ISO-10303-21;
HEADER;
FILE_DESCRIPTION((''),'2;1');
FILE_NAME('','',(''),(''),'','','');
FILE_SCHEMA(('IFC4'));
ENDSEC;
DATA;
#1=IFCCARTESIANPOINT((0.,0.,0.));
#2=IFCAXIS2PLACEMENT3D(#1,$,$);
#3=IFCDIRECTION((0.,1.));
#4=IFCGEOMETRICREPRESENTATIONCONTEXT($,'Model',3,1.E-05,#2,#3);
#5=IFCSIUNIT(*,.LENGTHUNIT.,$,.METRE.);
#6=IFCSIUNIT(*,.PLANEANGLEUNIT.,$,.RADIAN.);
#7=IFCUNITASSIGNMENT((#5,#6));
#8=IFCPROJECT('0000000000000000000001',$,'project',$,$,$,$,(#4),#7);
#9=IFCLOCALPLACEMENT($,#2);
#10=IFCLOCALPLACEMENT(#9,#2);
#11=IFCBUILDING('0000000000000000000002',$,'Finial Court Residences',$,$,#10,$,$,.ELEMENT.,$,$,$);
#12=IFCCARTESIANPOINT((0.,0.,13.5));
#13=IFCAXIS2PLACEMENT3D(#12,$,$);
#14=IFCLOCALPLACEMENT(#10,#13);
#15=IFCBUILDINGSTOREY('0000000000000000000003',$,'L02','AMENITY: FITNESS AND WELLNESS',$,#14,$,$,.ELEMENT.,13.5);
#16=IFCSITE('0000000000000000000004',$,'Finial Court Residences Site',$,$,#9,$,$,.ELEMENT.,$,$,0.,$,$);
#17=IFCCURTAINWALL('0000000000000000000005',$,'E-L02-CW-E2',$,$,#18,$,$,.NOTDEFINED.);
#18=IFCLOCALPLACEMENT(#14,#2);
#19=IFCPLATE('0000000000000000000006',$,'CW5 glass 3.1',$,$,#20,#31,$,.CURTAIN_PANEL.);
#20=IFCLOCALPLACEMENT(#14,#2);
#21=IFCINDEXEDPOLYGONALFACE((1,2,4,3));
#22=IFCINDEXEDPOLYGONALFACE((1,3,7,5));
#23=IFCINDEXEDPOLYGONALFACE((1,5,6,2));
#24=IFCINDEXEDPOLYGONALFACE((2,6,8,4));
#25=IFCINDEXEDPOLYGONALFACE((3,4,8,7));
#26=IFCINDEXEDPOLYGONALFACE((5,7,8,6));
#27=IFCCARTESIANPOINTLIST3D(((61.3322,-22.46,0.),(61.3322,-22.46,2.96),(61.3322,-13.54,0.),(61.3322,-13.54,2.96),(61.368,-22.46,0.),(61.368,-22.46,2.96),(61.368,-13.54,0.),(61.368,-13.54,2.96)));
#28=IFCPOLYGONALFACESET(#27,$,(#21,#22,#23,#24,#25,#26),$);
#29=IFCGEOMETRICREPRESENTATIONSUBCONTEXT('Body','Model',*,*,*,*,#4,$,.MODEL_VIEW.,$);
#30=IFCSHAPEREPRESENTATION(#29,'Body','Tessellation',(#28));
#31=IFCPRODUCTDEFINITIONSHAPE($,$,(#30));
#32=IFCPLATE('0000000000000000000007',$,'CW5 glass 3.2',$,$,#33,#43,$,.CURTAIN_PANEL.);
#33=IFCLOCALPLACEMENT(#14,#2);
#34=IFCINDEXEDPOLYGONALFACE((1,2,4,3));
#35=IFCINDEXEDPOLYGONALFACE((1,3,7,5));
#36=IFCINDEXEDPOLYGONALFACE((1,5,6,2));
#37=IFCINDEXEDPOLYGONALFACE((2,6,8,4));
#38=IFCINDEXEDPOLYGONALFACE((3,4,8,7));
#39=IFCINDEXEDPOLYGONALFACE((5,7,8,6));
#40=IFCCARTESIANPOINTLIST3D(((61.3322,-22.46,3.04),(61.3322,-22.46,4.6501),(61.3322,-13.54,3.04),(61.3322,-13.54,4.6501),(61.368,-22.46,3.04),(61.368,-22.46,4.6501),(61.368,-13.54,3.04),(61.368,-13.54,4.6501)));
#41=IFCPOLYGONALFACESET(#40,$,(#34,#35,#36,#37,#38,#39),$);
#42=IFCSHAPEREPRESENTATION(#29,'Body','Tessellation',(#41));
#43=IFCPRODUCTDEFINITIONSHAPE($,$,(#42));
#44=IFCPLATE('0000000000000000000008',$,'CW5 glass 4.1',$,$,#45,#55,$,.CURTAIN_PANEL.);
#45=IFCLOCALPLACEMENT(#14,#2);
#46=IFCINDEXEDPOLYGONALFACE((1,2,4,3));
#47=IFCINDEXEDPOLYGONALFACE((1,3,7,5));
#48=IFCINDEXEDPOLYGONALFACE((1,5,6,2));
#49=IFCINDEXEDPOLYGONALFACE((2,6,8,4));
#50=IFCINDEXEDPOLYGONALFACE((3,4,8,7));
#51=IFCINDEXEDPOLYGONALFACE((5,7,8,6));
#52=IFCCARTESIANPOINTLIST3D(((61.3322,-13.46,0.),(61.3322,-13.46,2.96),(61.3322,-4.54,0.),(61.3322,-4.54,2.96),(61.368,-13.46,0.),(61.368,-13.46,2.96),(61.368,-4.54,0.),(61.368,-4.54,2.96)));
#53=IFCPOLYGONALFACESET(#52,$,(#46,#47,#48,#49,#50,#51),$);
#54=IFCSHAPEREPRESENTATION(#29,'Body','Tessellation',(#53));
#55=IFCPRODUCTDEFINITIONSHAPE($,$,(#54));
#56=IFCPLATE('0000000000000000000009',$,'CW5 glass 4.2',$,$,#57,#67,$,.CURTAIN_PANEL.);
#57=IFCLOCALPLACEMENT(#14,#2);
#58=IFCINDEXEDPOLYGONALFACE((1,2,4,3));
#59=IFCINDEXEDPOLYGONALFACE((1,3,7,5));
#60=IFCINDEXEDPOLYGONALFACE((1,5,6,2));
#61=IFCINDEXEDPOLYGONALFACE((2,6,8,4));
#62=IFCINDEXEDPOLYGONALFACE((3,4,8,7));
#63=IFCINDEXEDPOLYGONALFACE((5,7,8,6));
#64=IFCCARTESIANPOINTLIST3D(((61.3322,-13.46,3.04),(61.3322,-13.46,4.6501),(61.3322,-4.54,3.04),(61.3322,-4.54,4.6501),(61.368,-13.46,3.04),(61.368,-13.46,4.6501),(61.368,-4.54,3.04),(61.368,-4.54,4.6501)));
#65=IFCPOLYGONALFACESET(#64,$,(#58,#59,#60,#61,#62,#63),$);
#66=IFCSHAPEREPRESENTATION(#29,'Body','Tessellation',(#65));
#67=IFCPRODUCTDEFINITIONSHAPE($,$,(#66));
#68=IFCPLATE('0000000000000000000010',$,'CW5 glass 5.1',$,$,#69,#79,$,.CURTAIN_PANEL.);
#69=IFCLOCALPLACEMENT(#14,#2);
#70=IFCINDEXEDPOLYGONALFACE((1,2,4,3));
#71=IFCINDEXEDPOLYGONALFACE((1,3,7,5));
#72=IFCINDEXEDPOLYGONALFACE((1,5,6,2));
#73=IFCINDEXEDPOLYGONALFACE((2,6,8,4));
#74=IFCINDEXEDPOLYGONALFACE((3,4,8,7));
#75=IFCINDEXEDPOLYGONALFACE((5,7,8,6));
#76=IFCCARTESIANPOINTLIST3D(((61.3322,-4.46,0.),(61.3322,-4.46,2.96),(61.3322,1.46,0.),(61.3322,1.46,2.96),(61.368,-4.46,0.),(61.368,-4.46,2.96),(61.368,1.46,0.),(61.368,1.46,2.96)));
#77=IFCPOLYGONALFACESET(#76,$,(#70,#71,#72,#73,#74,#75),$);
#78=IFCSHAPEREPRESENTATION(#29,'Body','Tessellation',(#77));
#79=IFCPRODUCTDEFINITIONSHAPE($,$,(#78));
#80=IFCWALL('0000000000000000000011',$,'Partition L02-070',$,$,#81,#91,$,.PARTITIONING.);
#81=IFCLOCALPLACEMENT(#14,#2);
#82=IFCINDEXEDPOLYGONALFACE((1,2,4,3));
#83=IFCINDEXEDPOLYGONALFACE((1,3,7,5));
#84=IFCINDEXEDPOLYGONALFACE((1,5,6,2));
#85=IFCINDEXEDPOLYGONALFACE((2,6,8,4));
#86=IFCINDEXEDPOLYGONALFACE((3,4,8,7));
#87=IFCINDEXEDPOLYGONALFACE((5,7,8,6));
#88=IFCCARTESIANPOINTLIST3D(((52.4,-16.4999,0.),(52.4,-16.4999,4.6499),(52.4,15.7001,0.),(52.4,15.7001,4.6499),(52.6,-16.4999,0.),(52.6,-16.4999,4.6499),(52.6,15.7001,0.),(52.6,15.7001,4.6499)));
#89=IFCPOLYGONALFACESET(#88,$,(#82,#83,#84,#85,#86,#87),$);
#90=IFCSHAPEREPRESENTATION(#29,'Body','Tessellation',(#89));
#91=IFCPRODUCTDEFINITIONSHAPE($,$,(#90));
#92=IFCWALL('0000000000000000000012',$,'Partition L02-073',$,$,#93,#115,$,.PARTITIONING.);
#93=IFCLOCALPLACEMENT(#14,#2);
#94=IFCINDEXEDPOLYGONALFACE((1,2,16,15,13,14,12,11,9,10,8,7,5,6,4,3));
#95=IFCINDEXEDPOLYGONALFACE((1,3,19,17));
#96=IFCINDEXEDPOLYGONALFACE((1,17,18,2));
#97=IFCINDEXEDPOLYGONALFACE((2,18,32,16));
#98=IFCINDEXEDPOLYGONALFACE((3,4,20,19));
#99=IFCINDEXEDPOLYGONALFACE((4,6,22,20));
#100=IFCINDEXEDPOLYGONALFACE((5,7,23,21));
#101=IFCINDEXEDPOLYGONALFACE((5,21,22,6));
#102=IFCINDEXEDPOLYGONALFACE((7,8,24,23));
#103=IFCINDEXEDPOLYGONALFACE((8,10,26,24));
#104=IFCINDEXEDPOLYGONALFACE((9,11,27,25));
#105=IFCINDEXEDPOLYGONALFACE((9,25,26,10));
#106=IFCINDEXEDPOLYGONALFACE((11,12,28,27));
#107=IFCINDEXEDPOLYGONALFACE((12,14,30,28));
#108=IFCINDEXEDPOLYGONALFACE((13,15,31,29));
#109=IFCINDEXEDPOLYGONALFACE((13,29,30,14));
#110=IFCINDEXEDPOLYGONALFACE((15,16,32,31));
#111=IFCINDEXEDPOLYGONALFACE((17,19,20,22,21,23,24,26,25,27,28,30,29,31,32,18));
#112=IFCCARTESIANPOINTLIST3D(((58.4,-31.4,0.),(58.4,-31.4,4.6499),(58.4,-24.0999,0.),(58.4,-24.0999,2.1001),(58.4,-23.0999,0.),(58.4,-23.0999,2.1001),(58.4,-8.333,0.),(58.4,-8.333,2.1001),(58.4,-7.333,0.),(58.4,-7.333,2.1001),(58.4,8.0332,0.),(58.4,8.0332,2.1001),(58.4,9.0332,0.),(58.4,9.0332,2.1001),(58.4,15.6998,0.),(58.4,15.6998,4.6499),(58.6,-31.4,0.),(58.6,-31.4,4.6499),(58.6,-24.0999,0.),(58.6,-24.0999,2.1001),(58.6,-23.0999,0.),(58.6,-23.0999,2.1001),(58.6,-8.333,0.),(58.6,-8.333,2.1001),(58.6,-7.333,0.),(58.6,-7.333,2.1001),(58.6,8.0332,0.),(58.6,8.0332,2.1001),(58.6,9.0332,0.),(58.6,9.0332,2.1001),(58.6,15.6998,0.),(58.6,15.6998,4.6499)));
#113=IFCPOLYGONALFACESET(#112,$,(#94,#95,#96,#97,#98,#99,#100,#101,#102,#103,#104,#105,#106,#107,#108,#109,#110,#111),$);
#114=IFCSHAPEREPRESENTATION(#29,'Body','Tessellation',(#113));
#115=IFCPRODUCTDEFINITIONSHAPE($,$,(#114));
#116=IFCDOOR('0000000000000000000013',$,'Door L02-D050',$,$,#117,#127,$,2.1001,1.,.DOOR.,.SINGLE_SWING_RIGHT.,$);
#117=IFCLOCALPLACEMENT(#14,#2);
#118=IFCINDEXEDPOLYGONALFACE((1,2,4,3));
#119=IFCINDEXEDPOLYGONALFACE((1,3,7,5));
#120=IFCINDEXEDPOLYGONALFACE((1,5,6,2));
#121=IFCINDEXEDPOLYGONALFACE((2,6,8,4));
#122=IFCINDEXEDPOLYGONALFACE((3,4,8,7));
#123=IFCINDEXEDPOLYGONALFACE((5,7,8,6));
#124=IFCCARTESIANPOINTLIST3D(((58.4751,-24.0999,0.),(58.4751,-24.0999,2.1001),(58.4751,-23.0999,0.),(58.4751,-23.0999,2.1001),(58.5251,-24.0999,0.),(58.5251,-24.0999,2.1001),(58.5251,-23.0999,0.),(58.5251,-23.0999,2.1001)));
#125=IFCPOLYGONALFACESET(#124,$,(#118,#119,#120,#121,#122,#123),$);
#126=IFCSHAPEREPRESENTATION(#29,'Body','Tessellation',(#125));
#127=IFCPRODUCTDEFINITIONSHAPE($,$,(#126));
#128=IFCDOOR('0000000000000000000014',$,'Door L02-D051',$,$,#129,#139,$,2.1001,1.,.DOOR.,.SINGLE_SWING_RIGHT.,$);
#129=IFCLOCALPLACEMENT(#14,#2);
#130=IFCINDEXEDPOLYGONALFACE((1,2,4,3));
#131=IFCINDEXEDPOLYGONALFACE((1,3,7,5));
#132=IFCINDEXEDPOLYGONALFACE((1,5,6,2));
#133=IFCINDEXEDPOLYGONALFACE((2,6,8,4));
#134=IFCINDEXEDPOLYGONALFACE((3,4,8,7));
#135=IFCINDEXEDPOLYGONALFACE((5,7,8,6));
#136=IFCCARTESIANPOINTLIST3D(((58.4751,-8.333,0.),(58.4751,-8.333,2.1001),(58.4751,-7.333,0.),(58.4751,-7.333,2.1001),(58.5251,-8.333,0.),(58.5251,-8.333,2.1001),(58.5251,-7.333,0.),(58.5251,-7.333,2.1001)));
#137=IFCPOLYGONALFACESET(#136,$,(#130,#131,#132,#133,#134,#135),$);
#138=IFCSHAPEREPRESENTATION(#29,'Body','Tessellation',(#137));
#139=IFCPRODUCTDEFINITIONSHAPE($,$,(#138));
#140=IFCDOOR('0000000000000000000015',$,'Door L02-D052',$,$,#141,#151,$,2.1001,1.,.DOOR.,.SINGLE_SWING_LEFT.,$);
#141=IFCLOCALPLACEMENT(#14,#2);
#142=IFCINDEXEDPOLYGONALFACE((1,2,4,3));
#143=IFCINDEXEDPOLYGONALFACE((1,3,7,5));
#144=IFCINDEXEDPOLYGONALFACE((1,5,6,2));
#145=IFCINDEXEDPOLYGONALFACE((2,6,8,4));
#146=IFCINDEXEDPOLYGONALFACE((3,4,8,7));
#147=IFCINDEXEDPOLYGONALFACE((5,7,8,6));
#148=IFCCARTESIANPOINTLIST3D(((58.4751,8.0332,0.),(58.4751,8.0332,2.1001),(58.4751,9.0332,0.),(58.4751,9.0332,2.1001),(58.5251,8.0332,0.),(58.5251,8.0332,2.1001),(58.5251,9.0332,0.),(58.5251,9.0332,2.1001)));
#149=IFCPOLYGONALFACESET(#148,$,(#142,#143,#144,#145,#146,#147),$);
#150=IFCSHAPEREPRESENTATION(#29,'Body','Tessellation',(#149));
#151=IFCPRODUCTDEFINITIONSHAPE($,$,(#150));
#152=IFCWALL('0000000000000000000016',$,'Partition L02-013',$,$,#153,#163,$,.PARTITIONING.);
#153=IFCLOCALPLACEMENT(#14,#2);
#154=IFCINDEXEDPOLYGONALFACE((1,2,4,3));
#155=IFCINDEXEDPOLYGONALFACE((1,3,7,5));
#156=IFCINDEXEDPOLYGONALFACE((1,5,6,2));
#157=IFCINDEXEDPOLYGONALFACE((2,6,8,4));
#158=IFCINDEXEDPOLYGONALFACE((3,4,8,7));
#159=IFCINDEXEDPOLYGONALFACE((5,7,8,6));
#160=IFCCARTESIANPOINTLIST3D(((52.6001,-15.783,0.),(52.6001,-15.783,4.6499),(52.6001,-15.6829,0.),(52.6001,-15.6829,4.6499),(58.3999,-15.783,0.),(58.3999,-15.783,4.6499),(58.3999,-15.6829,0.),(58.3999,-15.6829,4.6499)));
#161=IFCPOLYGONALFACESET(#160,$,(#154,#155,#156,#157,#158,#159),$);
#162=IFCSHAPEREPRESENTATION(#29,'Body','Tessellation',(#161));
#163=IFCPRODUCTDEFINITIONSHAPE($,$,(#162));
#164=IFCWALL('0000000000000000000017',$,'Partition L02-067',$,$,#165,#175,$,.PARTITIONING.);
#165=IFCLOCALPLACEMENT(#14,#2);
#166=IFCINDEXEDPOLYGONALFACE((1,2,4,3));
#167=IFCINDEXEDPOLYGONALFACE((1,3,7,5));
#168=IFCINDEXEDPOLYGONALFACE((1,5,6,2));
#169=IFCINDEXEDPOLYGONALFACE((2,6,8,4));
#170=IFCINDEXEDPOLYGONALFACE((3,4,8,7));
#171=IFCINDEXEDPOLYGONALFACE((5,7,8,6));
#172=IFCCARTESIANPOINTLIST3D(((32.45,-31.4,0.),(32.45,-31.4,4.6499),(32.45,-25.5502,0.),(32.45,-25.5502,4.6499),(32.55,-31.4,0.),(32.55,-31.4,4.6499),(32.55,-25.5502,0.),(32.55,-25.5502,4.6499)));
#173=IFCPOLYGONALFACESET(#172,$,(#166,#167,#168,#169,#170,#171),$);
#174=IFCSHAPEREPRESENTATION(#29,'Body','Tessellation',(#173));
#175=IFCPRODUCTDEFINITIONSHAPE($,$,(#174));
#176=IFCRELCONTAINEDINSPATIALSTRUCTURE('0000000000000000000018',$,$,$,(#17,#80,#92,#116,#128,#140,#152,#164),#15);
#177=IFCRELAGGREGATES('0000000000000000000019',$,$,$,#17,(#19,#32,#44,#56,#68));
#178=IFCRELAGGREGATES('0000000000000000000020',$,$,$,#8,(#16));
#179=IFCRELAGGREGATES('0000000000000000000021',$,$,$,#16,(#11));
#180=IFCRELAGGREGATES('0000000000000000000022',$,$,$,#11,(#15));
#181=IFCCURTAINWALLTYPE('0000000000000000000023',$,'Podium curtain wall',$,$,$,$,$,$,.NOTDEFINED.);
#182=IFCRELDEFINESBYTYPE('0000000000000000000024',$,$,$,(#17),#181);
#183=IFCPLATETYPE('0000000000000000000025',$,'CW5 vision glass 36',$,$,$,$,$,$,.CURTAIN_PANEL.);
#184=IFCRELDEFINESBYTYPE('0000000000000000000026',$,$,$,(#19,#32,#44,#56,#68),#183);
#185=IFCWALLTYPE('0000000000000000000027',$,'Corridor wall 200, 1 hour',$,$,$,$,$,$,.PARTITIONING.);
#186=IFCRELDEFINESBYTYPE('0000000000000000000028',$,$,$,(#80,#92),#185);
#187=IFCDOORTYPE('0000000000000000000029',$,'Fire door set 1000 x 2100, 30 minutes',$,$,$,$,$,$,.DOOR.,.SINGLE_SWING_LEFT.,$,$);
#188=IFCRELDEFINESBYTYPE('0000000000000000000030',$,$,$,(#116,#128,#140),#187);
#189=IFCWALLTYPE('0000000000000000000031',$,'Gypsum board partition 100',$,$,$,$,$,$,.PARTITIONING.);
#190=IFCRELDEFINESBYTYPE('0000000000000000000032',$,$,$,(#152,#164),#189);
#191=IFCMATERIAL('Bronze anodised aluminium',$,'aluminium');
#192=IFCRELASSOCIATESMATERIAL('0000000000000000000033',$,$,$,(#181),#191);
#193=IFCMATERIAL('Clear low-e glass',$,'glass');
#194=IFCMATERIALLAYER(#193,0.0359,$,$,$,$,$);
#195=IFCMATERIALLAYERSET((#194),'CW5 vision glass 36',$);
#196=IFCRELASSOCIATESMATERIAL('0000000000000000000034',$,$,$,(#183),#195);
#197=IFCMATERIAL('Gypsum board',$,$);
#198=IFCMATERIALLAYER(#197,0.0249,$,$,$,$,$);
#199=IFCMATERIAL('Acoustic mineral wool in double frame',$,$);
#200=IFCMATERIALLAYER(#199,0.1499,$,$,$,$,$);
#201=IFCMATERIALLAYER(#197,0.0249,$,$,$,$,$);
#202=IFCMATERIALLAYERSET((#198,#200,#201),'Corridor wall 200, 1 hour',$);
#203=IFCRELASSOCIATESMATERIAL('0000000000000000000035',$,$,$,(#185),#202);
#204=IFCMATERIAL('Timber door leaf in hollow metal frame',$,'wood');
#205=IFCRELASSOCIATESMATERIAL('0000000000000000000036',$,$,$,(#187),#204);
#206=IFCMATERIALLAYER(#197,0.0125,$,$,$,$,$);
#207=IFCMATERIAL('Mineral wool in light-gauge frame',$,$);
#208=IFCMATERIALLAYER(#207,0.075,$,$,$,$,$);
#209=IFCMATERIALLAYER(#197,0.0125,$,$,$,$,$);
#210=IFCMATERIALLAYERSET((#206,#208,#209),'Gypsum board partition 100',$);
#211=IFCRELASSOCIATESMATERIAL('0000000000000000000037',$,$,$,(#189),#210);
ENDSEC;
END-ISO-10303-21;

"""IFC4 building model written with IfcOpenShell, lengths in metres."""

from ifc_helpers import new_model, si_unit, direction, frame, frame_2d, origin, origin_2d, place, context, subcontext, project, spatial, rectangle, extrude, material, layer, layer_set, type_object, element, fill, aggregate, save


model = new_model("IFC4")

# Units and contexts
model_context = context("Model", 3, precision=1e-05, world=origin(), true_north=direction((0.0, 1.0)))
body_context = subcontext(model_context, "Body", "Model", "MODEL_VIEW")
ifc_project = project(units=[si_unit("LENGTHUNIT", "METRE"), si_unit("PLANEANGLEUNIT", "RADIAN")], contexts=[model_context])

# Site, building, storey
site_placement = place(None, origin())
site = spatial("IfcSite", under=ifc_project, at=site_placement, Name="Finial Court Residences Site", CompositionType="ELEMENT", RefElevation=0.0)
building_placement = place(site_placement, origin())
building = spatial("IfcBuilding", under=site, at=building_placement, Name="Finial Court Residences", CompositionType="ELEMENT")
storey_placement = place(building_placement, frame((0.0, 0.0, 13.5)))
storey = spatial("IfcBuildingStorey", under=building, at=storey_placement, Name="L02", Description="AMENITY: FITNESS AND WELLNESS", CompositionType="ELEMENT", Elevation=13.5)

# Curtain wall, plates
ifc_material_1 = material(Name="Bronze anodised aluminium", Category="aluminium")
curtain_wall_type = type_object("IfcCurtainWallType", Name="Podium curtain wall", PredefinedType="NOTDEFINED", material=ifc_material_1)
curtain_wall_placement = place(storey_placement, origin())
curtain_wall = element("IfcCurtainWall", 1, at=curtain_wall_placement, inside=storey, type_object=curtain_wall_type, Name="E-L02-CW-E2", PredefinedType="NOTDEFINED")
ifc_material_2 = material(Name="Clear low-e glass", Category="glass")
ifc_layer_1 = layer(ifc_material_2, 0.0359)
ifc_layer_set_1 = layer_set([ifc_layer_1], Name="CW5 vision glass 36")
plate_type = type_object("IfcPlateType", Name="CW5 vision glass 36", PredefinedType="CURTAIN_PANEL", material=ifc_layer_set_1)
plate_1_placement = place(storey_placement, frame((61.3501, -18.0, 0.0), z_axis=(0.0, 0.0, 1.0), x_axis=(0.0, 1.0, 0.0)))
plate_1 = element("IfcPlate", 2, at=plate_1_placement, type_object=plate_type, Name="CW5 glass 3.1", PredefinedType="CURTAIN_PANEL", context=body_context, shape_type="SweptSolid", body=[
    extrude(rectangle(XDim=8.9199, YDim=0.0359, at=origin_2d()), origin(), (0.0, 0.0, 1.0), 2.96),
])
plate_2_placement = place(storey_placement, frame((61.3501, -18.0, 3.04), z_axis=(0.0, 0.0, 1.0), x_axis=(0.0, 1.0, 0.0)))
plate_2 = element("IfcPlate", 3, at=plate_2_placement, type_object=plate_type, Name="CW5 glass 3.2", PredefinedType="CURTAIN_PANEL", context=body_context, shape_type="SweptSolid", body=[
    extrude(rectangle(XDim=8.9199, YDim=0.0359, at=origin_2d()), origin(), (0.0, 0.0, 1.0), 1.6101),
])
plate_3_placement = place(storey_placement, frame((61.3501, -9.0, 0.0), z_axis=(0.0, 0.0, 1.0), x_axis=(0.0, 1.0, 0.0)))
plate_3 = element("IfcPlate", 4, at=plate_3_placement, type_object=plate_type, Name="CW5 glass 4.1", PredefinedType="CURTAIN_PANEL", context=body_context, shape_type="SweptSolid", body=[
    extrude(rectangle(XDim=8.9199, YDim=0.0359, at=origin_2d()), origin(), (0.0, 0.0, 1.0), 2.96),
])
plate_4_placement = place(storey_placement, frame((61.3501, -9.0, 3.04), z_axis=(0.0, 0.0, 1.0), x_axis=(0.0, 1.0, 0.0)))
plate_4 = element("IfcPlate", 5, at=plate_4_placement, type_object=plate_type, Name="CW5 glass 4.2", PredefinedType="CURTAIN_PANEL", context=body_context, shape_type="SweptSolid", body=[
    extrude(rectangle(XDim=8.9199, YDim=0.0359, at=origin_2d()), origin(), (0.0, 0.0, 1.0), 1.6101),
])
plate_5_placement = place(storey_placement, frame((61.3501, -1.5, 0.0), z_axis=(0.0, 0.0, 1.0), x_axis=(0.0, 1.0, 0.0)))
plate_5 = element("IfcPlate", 6, at=plate_5_placement, type_object=plate_type, Name="CW5 glass 5.1", PredefinedType="CURTAIN_PANEL", context=body_context, shape_type="SweptSolid", body=[
    extrude(rectangle(XDim=5.9199, YDim=0.0359, at=origin_2d()), origin(), (0.0, 0.0, 1.0), 2.96),
])
aggregate(curtain_wall, [plate_1, plate_2, plate_3, plate_4, plate_5])

# Wall
ifc_material_3 = material(Name="Gypsum board")
ifc_layer_2 = layer(ifc_material_3, 0.0249)
ifc_material_4 = material(Name="Acoustic mineral wool in double frame")
ifc_layer_3 = layer(ifc_material_4, 0.1499)
ifc_layer_4 = layer(ifc_material_3, 0.0249)
ifc_layer_set_2 = layer_set([ifc_layer_2, ifc_layer_3, ifc_layer_4], Name="Corridor wall 200, 1 hour")
wall_type_1 = type_object("IfcWallType", Name="Corridor wall 200, 1 hour", PredefinedType="PARTITIONING", material=ifc_layer_set_2)
wall_1_placement = place(storey_placement, frame((52.5, -16.5, 0.0), z_axis=(0.0, 0.0, 1.0), x_axis=(0.0, 1.0, 0.0)))
element("IfcWall", 7, at=wall_1_placement, inside=storey, type_object=wall_type_1, Name="Partition L02-070", PredefinedType="PARTITIONING", context=body_context, shape_type="SweptSolid", body=[
    extrude(rectangle(XDim=32.2, YDim=0.2, at=frame_2d((16.1001, 0.0))), origin(), (0.0, 0.0, 1.0), 4.6499),
])

# Wall, openings, doors
wall_2_placement = place(storey_placement, frame((58.5, -31.3999, 0.0), z_axis=(0.0, 0.0, 1.0), x_axis=(0.0, 1.0, 0.0)))
wall_2 = element("IfcWall", 8, at=wall_2_placement, inside=storey, type_object=wall_type_1, Name="Partition L02-073", PredefinedType="PARTITIONING", context=body_context, shape_type="SweptSolid", body=[
    extrude(rectangle(XDim=47.0999, YDim=0.2, at=frame_2d((23.5498, 0.0))), origin(), (0.0, 0.0, 1.0), 4.6499),
])
opening_1_placement = place(wall_2_placement, frame((7.3, 0.0, 0.0)))
opening_1 = element("IfcOpeningElement", 9, at=opening_1_placement, cuts=wall_2, PredefinedType="OPENING", context=body_context, shape_type="SweptSolid", body=[
    extrude(rectangle(XDim=1.0, YDim=2.1001, at=frame_2d((0.5, 1.05))), frame((0.0, 0.1099, 0.0), z_axis=(0.0, -1.0, 0.0), x_axis=(1.0, 0.0, 0.0)), (0.0, 0.0, 1.0), 0.22),
])
opening_2_placement = place(wall_2_placement, frame((23.0669, 0.0, 0.0)))
opening_2 = element("IfcOpeningElement", 10, at=opening_2_placement, cuts=wall_2, PredefinedType="OPENING", context=body_context, shape_type="SweptSolid", body=[
    extrude(rectangle(XDim=1.0, YDim=2.1001, at=frame_2d((0.5, 1.05))), frame((0.0, 0.1099, 0.0), z_axis=(0.0, -1.0, 0.0), x_axis=(1.0, 0.0, 0.0)), (0.0, 0.0, 1.0), 0.22),
])
opening_3_placement = place(wall_2_placement, frame((39.4331, 0.0, 0.0)))
opening_3 = element("IfcOpeningElement", 11, at=opening_3_placement, cuts=wall_2, PredefinedType="OPENING", context=body_context, shape_type="SweptSolid", body=[
    extrude(rectangle(XDim=1.0, YDim=2.1001, at=frame_2d((0.5, 1.05))), frame((0.0, 0.1099, 0.0), z_axis=(0.0, -1.0, 0.0), x_axis=(1.0, 0.0, 0.0)), (0.0, 0.0, 1.0), 0.22),
])
ifc_material_5 = material(Name="Timber door leaf in hollow metal frame", Category="wood")
door_type = type_object("IfcDoorType", Name="Fire door set 1000 x 2100, 30 minutes", OperationType="SINGLE_SWING_LEFT", PredefinedType="DOOR", material=ifc_material_5)
door_1_placement = place(opening_1_placement, origin())
door_1 = element("IfcDoor", 12, at=door_1_placement, inside=storey, type_object=door_type, Name="Door L02-D050", OperationType="SINGLE_SWING_RIGHT", OverallHeight=2.1001, OverallWidth=1.0, PredefinedType="DOOR", context=body_context, shape_type="SweptSolid", body=[
    extrude(rectangle(XDim=1.0, YDim=2.1001, at=frame_2d((0.5, 1.05))), frame((0.0, 0.0249, 0.0), z_axis=(0.0, -1.0, 0.0), x_axis=(1.0, 0.0, 0.0)), (0.0, 0.0, 1.0), 0.05),
])
fill(opening_1, door_1)
door_2_placement = place(opening_2_placement, origin())
door_2 = element("IfcDoor", 13, at=door_2_placement, inside=storey, type_object=door_type, Name="Door L02-D051", OperationType="SINGLE_SWING_RIGHT", OverallHeight=2.1001, OverallWidth=1.0, PredefinedType="DOOR", context=body_context, shape_type="SweptSolid", body=[
    extrude(rectangle(XDim=1.0, YDim=2.1001, at=frame_2d((0.5, 1.05))), frame((0.0, 0.0249, 0.0), z_axis=(0.0, -1.0, 0.0), x_axis=(1.0, 0.0, 0.0)), (0.0, 0.0, 1.0), 0.05),
])
fill(opening_2, door_2)
door_3_placement = place(opening_3_placement, origin())
door_3 = element("IfcDoor", 14, at=door_3_placement, inside=storey, type_object=door_type, Name="Door L02-D052", OperationType="SINGLE_SWING_LEFT", OverallHeight=2.1001, OverallWidth=1.0, PredefinedType="DOOR", context=body_context, shape_type="SweptSolid", body=[
    extrude(rectangle(XDim=1.0, YDim=2.1001, at=frame_2d((0.5, 1.05))), frame((0.0, 0.0249, 0.0), z_axis=(0.0, -1.0, 0.0), x_axis=(1.0, 0.0, 0.0)), (0.0, 0.0, 1.0), 0.05),
])
fill(opening_3, door_3)

# Walls
ifc_layer_5 = layer(ifc_material_3, 0.0125)
ifc_material_6 = material(Name="Mineral wool in light-gauge frame")
ifc_layer_6 = layer(ifc_material_6, 0.075)
ifc_layer_7 = layer(ifc_material_3, 0.0125)
ifc_layer_set_3 = layer_set([ifc_layer_5, ifc_layer_6, ifc_layer_7], Name="Gypsum board partition 100")
wall_type_2 = type_object("IfcWallType", Name="Gypsum board partition 100", PredefinedType="PARTITIONING", material=ifc_layer_set_3)
wall_3_placement = place(storey_placement, frame((52.6001, -15.7329, 0.0), z_axis=(0.0, 0.0, 1.0), x_axis=(1.0, 0.0, 0.0)))
element("IfcWall", 15, at=wall_3_placement, inside=storey, type_object=wall_type_2, Name="Partition L02-013", PredefinedType="PARTITIONING", context=body_context, shape_type="SweptSolid", body=[
    extrude(rectangle(XDim=5.7998, YDim=0.1001, at=frame_2d((2.8999, 0.0))), origin(), (0.0, 0.0, 1.0), 4.6499),
])
for number, where, z_axis, x_axis, name in (
    (16, (32.5, -31.3999, 0.0), (0.0, 0.0, 1.0), (0.0, 1.0, 0.0), "Partition L02-067"),
):
    element("IfcWall", number, at=place(storey_placement, frame(where, z_axis=z_axis, x_axis=x_axis)), inside=storey, type_object=wall_type_2, Name=name, PredefinedType="PARTITIONING", context=body_context, shape_type="SweptSolid", body=[
        extrude(rectangle(XDim=5.8499, YDim=0.1001, at=frame_2d((2.9248, 0.0))), origin(), (0.0, 0.0, 1.0), 4.6499),
    ])

save(model, "model.ifc")
